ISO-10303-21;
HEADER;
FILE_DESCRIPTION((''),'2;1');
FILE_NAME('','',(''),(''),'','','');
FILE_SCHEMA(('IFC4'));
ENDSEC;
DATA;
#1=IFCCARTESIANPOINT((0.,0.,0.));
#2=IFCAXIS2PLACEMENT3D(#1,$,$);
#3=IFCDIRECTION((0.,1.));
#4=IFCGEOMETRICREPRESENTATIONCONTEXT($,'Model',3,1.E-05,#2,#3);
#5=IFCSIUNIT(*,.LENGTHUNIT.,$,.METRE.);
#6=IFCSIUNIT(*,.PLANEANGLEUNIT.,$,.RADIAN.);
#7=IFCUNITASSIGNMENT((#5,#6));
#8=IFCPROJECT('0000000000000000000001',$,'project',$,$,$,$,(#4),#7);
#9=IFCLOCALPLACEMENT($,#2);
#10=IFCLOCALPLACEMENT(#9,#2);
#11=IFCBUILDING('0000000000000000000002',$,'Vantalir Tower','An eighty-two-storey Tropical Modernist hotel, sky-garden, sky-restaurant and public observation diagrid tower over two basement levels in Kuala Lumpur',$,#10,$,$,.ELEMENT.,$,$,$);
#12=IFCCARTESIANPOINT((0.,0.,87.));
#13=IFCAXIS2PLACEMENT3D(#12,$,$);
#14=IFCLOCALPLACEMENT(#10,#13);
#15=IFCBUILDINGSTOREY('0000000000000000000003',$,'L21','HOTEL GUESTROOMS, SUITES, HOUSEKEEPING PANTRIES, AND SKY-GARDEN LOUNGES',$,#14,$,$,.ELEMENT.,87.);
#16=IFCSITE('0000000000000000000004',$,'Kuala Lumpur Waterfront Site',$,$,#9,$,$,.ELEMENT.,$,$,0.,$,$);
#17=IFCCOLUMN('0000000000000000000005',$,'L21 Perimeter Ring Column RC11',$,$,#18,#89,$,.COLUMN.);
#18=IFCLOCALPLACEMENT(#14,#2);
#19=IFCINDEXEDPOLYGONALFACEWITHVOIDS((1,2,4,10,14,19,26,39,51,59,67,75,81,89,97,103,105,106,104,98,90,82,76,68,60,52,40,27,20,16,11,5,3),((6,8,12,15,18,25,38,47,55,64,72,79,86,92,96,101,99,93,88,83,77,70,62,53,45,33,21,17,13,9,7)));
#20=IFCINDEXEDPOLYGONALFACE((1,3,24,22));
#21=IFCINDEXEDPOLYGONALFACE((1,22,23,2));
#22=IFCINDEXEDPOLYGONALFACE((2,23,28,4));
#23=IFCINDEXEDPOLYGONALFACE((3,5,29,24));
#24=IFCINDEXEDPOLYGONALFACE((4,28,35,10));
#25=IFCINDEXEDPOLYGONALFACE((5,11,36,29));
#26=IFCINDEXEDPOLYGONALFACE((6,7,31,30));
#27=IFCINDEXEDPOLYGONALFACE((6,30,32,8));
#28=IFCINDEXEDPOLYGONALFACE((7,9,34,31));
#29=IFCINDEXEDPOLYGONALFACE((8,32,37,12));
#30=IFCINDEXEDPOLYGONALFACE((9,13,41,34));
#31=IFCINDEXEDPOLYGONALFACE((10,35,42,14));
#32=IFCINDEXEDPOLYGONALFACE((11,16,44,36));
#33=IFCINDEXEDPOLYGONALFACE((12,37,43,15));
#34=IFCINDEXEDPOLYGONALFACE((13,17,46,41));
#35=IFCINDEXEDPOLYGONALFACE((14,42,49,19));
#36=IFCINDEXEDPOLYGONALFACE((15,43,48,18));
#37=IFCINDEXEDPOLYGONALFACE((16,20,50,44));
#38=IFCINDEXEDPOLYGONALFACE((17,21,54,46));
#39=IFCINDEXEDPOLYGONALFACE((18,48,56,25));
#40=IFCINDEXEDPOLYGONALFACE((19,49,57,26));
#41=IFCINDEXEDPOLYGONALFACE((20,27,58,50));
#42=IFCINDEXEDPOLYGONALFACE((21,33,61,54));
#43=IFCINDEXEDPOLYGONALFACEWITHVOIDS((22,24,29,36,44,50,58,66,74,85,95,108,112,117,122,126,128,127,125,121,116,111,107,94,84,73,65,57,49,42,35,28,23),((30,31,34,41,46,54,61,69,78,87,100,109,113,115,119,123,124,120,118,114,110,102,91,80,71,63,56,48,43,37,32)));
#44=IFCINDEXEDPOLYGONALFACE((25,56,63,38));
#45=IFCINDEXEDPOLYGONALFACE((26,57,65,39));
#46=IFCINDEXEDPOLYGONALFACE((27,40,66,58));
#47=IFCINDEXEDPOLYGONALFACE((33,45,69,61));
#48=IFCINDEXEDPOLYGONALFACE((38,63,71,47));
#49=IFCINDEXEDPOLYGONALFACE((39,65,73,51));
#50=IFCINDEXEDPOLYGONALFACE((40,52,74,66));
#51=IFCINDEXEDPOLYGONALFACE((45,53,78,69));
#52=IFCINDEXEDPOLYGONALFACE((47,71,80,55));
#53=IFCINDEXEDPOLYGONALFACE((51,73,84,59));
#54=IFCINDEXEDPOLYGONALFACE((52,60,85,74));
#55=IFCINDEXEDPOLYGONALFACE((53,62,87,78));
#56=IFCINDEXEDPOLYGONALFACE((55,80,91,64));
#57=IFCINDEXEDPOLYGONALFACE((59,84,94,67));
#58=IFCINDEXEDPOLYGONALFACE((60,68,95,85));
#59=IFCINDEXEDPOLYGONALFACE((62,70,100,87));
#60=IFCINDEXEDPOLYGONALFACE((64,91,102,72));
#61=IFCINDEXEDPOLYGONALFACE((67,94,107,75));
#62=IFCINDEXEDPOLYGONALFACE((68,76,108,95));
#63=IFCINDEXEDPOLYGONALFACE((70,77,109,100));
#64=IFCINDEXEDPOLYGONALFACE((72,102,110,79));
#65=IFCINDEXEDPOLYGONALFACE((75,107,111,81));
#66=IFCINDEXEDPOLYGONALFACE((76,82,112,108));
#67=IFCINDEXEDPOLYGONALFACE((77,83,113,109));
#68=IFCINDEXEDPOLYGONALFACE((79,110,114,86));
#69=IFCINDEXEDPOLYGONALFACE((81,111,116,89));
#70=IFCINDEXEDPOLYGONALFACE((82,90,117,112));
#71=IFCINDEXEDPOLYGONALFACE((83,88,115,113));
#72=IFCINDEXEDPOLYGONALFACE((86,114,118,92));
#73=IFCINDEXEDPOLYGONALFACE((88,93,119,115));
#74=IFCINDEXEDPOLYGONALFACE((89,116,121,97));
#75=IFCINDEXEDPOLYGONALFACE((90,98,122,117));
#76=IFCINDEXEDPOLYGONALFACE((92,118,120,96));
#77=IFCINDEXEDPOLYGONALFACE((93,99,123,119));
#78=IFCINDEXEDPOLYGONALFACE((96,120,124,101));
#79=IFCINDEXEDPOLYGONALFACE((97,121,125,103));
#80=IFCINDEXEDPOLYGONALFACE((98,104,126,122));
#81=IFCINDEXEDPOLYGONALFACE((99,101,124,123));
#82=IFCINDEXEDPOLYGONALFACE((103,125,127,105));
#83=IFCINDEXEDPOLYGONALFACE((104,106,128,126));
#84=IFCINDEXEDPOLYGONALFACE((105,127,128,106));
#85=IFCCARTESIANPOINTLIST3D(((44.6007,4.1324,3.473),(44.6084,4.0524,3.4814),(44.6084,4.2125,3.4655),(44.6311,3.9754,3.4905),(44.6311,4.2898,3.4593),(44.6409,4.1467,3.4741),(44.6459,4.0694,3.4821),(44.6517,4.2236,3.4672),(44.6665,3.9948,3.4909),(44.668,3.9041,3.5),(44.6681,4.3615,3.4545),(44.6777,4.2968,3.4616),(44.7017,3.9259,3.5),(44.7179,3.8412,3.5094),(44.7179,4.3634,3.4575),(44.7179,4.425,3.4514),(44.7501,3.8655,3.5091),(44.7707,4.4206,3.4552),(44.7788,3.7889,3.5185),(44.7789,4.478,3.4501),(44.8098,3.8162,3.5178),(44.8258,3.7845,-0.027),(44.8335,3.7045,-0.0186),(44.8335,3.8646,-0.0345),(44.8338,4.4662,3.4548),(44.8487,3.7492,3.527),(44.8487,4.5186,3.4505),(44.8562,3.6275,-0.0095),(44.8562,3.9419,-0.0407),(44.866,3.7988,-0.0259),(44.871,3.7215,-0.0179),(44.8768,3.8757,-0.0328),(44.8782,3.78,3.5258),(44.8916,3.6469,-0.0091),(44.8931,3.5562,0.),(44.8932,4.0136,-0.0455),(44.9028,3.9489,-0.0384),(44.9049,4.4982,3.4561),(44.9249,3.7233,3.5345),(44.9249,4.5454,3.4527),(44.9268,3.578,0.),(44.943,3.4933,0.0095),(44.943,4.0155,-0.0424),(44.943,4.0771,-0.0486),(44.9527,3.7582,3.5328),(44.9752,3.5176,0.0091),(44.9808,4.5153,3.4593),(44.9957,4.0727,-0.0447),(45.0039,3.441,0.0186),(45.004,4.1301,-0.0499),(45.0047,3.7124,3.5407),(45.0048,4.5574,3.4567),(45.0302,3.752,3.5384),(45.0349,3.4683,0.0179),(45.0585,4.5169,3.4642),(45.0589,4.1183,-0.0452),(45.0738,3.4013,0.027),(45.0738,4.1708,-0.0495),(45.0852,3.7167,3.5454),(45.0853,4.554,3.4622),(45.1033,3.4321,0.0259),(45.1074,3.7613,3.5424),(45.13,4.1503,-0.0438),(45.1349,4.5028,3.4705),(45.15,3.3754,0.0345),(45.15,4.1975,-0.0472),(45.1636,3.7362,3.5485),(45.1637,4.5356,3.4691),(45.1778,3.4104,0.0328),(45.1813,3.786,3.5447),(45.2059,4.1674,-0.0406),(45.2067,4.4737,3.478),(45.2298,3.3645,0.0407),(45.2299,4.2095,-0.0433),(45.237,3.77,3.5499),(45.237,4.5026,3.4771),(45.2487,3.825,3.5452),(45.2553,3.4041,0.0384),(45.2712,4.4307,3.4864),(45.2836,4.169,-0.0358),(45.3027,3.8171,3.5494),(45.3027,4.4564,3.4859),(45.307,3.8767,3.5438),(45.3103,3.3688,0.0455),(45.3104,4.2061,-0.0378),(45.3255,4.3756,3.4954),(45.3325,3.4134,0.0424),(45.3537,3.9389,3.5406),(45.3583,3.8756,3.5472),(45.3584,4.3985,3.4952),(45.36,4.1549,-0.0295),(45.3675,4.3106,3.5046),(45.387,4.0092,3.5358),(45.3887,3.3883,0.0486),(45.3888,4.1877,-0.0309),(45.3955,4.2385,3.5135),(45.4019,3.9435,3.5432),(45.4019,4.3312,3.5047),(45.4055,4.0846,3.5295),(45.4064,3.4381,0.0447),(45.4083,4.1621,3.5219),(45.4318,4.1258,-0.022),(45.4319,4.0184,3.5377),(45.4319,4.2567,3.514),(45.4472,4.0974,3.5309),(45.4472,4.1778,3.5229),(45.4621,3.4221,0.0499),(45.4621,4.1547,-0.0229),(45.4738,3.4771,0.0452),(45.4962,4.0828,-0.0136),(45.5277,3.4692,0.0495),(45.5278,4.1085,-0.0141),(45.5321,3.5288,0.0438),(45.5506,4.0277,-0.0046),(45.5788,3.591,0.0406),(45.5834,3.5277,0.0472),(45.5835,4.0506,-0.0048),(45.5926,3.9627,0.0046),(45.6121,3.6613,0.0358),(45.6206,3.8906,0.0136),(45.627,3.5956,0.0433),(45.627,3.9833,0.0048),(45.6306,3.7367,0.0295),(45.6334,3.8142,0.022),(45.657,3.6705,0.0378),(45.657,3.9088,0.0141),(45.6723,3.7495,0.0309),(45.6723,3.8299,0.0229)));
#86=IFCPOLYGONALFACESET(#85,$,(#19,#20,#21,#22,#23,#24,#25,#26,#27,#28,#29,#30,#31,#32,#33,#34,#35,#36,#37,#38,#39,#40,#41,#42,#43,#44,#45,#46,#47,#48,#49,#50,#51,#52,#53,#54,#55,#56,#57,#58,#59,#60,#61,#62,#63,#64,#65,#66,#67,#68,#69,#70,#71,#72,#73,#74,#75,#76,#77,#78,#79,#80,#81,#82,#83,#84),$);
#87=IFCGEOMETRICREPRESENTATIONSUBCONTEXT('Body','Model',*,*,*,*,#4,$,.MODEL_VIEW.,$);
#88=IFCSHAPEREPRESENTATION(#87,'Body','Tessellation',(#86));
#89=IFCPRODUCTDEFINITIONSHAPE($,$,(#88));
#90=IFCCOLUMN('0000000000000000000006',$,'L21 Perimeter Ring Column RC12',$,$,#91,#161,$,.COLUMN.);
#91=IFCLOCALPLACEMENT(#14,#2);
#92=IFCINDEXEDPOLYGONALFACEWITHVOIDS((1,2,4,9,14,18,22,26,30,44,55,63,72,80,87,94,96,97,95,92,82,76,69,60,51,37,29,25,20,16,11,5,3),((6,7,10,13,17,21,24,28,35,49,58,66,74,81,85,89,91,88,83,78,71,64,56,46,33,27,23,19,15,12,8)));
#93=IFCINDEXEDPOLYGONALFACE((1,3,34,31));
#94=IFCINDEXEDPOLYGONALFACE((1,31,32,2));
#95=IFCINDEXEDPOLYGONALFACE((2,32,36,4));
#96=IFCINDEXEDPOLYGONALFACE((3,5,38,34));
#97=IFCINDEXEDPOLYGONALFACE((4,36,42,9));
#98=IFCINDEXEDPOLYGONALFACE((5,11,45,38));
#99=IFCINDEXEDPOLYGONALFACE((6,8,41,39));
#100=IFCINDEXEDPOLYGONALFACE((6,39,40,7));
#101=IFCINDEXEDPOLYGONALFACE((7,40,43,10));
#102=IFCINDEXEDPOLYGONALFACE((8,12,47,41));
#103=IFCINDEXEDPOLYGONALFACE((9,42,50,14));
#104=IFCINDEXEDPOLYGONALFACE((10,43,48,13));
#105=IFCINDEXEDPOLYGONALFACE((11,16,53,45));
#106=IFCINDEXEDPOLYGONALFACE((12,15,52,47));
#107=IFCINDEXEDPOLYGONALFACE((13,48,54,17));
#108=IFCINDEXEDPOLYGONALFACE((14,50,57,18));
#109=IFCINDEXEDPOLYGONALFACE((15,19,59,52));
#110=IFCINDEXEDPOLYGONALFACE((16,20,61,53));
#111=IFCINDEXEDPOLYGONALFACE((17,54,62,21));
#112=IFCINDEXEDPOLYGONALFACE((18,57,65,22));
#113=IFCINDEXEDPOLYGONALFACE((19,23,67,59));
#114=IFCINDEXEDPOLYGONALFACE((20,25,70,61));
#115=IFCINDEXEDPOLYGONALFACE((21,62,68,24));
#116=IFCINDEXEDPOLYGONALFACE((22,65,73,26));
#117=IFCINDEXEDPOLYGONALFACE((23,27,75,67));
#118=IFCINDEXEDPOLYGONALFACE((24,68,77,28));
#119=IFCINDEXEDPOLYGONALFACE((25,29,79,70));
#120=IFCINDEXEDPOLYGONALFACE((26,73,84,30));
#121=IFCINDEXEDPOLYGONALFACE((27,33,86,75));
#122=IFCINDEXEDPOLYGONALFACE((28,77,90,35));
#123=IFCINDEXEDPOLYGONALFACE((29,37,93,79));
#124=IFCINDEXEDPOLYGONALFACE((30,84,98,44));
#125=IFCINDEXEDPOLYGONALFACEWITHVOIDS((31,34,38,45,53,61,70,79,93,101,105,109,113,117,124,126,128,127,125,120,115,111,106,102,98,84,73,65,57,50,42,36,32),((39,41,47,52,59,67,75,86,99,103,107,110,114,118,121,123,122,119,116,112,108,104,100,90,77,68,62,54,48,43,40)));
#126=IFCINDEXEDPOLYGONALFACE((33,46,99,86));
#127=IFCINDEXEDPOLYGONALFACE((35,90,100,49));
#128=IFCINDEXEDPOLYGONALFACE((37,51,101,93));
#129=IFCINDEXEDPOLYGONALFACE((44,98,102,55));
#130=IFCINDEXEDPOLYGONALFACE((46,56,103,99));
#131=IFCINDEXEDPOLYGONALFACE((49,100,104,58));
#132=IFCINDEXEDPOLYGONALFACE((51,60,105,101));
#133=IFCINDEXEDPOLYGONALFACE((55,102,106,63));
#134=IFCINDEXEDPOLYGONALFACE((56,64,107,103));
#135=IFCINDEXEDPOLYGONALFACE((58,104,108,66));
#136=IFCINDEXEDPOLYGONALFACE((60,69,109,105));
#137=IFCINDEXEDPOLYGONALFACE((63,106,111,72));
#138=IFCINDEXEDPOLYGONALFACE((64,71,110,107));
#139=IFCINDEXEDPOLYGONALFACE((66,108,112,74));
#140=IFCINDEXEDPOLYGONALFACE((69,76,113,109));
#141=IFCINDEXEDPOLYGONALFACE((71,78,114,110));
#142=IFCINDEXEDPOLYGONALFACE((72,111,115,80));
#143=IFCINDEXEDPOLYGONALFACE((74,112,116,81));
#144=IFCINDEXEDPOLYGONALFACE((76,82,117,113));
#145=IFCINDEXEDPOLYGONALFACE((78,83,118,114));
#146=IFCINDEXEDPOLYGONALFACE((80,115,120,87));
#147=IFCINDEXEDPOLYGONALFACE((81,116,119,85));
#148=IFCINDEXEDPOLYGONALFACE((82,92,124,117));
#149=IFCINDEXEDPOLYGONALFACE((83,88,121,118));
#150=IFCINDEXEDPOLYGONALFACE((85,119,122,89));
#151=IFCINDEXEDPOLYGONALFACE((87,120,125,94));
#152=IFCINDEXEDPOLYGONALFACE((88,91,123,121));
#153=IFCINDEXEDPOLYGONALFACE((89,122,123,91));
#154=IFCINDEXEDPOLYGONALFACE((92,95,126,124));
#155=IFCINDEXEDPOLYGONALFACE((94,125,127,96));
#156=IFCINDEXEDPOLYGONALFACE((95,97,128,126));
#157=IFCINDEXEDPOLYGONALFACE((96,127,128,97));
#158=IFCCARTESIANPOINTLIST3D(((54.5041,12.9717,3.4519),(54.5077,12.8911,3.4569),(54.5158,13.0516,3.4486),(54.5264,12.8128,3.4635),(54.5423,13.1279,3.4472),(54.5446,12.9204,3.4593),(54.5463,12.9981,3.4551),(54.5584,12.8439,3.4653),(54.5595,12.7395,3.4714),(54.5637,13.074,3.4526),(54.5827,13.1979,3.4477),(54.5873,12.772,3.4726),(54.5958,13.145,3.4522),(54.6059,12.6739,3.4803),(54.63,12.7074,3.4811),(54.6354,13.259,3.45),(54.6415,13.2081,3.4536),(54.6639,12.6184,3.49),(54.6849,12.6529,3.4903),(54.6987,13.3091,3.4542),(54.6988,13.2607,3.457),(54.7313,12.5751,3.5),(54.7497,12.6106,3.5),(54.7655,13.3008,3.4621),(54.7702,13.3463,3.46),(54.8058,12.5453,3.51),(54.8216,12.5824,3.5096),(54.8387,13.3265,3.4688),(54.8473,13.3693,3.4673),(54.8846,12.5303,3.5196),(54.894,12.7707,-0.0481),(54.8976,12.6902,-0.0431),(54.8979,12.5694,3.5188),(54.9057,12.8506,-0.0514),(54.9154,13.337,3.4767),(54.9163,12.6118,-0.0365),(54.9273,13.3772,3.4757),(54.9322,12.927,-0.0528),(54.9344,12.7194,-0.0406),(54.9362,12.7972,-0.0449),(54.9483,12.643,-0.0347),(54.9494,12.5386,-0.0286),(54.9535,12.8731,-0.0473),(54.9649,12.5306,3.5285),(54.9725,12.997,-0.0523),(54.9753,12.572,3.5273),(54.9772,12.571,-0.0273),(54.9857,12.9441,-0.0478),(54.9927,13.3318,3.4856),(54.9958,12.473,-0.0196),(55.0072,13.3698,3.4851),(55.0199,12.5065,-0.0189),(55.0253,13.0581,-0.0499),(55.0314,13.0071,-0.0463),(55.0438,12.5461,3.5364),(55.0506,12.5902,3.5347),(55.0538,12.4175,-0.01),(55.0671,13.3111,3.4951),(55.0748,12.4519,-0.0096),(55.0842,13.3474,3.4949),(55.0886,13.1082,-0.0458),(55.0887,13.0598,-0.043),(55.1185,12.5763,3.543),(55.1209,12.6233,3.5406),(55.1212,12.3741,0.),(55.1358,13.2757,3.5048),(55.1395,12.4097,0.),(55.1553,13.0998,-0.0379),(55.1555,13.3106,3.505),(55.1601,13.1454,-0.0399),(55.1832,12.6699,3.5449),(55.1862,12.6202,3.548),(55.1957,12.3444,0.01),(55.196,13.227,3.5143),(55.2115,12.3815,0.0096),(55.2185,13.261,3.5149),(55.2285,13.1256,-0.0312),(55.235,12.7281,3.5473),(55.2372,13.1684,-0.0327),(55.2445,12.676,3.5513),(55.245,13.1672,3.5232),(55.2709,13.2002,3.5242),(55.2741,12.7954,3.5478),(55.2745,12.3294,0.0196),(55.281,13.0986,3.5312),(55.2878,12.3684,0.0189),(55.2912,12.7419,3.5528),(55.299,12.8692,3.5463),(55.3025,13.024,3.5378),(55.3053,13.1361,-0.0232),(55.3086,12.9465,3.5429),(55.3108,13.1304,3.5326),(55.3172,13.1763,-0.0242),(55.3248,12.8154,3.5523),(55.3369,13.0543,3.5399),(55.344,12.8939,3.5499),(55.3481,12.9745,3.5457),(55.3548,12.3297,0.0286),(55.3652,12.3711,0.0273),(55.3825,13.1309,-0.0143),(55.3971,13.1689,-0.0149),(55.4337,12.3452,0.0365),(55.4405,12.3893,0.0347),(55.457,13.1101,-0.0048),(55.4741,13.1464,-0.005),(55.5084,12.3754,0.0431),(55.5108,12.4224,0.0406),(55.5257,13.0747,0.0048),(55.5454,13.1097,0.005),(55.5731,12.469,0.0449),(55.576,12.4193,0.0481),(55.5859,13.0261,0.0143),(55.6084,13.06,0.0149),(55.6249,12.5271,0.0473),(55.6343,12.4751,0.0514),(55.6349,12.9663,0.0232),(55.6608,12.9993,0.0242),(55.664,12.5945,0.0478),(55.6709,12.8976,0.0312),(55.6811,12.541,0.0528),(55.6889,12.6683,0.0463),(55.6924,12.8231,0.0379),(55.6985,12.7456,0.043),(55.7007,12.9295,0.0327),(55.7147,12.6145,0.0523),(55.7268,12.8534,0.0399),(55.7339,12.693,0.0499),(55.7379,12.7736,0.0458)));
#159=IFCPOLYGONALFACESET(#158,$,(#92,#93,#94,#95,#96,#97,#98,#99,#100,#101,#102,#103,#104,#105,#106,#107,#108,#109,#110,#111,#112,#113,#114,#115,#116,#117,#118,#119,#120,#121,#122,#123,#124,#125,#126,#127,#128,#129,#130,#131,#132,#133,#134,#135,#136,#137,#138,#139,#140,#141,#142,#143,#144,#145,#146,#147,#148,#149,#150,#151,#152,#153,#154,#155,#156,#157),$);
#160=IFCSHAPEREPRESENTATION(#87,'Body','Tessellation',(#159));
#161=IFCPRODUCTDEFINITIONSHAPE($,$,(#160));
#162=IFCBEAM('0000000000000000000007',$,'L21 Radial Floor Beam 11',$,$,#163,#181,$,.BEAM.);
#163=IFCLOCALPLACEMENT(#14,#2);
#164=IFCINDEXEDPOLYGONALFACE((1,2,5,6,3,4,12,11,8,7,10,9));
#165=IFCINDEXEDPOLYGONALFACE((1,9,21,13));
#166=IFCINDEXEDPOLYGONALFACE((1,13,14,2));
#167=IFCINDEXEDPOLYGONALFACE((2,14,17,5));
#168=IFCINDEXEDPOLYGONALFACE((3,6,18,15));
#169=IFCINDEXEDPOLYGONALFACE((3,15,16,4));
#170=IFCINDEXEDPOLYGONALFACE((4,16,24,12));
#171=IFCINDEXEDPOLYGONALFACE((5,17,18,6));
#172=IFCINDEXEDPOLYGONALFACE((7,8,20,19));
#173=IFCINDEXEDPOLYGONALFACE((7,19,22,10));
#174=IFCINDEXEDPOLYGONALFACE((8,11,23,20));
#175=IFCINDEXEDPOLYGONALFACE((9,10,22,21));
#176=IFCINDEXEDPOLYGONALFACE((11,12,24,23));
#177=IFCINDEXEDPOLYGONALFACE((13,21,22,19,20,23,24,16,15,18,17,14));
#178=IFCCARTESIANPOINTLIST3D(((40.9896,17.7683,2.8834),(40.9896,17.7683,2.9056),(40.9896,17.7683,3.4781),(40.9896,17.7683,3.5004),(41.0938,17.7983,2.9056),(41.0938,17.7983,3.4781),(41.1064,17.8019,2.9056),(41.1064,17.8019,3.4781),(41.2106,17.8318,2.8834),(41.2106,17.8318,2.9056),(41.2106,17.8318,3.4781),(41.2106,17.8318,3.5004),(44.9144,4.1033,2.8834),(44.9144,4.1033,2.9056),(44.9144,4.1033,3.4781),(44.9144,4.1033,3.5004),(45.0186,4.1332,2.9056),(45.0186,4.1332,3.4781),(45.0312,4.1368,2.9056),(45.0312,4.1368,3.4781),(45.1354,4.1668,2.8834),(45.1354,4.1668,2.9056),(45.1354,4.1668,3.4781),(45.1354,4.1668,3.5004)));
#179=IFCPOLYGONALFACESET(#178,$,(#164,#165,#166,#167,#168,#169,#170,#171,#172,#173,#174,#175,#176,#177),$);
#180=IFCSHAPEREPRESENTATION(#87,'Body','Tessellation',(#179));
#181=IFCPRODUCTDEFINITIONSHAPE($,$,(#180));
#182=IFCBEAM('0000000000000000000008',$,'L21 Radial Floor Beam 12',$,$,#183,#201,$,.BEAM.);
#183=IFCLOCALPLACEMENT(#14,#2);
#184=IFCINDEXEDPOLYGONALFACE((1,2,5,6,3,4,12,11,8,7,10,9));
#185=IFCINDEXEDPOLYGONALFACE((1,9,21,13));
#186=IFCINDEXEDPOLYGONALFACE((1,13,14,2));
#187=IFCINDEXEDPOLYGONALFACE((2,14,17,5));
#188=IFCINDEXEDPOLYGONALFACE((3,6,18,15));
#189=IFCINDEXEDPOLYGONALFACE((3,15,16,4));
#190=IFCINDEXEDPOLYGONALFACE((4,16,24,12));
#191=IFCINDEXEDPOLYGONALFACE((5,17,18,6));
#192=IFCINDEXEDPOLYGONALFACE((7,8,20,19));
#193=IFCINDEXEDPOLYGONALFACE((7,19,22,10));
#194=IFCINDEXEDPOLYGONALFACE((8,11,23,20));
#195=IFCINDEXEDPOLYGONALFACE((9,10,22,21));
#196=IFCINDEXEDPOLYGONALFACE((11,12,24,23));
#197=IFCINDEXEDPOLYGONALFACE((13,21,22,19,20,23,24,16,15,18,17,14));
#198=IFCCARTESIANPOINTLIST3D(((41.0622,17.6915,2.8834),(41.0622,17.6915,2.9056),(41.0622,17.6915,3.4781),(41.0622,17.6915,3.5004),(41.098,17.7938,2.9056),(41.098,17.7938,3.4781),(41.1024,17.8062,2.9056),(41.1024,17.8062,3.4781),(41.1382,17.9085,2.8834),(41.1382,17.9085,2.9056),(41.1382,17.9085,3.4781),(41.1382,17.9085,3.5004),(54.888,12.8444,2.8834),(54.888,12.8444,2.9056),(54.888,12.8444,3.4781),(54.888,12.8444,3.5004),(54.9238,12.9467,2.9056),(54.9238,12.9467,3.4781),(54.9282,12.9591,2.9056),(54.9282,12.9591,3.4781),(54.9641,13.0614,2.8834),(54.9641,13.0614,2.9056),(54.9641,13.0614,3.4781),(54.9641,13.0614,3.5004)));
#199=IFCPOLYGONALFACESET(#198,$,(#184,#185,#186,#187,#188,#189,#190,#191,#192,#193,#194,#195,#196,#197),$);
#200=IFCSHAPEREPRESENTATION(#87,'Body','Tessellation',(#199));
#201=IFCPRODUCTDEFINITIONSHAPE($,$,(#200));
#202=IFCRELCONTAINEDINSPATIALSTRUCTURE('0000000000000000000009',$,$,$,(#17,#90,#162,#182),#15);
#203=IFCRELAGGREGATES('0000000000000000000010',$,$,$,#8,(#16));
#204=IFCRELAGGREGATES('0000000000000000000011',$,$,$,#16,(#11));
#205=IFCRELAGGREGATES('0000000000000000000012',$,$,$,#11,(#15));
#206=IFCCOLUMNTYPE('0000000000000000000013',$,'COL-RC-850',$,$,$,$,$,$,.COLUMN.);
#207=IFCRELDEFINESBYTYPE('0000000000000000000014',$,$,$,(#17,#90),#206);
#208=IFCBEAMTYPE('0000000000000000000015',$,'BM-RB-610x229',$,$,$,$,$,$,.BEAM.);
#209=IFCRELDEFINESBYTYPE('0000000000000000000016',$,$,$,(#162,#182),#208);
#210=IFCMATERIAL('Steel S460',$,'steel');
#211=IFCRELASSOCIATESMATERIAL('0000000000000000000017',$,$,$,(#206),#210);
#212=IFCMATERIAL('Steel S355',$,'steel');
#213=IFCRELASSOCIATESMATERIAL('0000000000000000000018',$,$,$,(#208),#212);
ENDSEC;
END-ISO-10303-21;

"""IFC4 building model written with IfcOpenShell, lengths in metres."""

from ifc_helpers import new_model, si_unit, direction, frame, origin, origin_2d, place, context, subcontext, project, spatial, hollow_circle, i_section, extrude, material, material_profile, profile_set, type_object, element, save


model = new_model("IFC4")

# Units and contexts
model_context = context("Model", 3, precision=1e-05, world=origin(), true_north=direction((0.0, 1.0)))
body_context = subcontext(model_context, "Body", "Model", "MODEL_VIEW")
ifc_project = project(units=[si_unit("LENGTHUNIT", "METRE"), si_unit("PLANEANGLEUNIT", "RADIAN")], contexts=[model_context])

# Site, building, storey
site_placement = place(None, origin())
site = spatial("IfcSite", under=ifc_project, at=site_placement, Name="Kuala Lumpur Waterfront Site", CompositionType="ELEMENT", RefElevation=0.0)
building_placement = place(site_placement, origin())
building = spatial("IfcBuilding", under=site, at=building_placement, Name="Vantalir Tower", Description="An eighty-two-storey Tropical Modernist hotel, sky-garden, sky-restaurant and public observation diagrid tower over two basement levels in Kuala Lumpur", CompositionType="ELEMENT")
storey_placement = place(building_placement, frame((0.0, 0.0, 87.0)))
storey = spatial("IfcBuildingStorey", under=building, at=storey_placement, Name="L21", Description="HOTEL GUESTROOMS, SUITES, HOUSEKEEPING PANTRIES, AND SKY-GARDEN LOUNGES", CompositionType="ELEMENT", Elevation=87.0)

# Columns
ifc_material_1 = material(Name="Steel S460", Category="steel")
ifc_material_profile_1 = material_profile(ifc_material_1, hollow_circle(Radius=0.425, WallThickness=0.04, at=origin_2d()), Name="Steel S460")
ifc_profile_set_1 = profile_set([ifc_material_profile_1], Name="Steel S460")
column_type = type_object("IfcColumnType", Name="COL-RC-850", PredefinedType="COLUMN", material=ifc_profile_set_1)
column_1_placement = place(storey_placement, frame((45.25, 3.7871, 0.0), z_axis=(-0.063868, 0.098711, 0.993065), x_axis=(-0.839586, -0.543227, 0.0)))
element("IfcColumn", 1, at=column_1_placement, inside=storey, type_object=column_type, Name="L21 Perimeter Ring Column RC11", PredefinedType="COLUMN", context=body_context, shape_type="SweptSolid", body=[
    extrude(hollow_circle(Radius=0.425, WallThickness=0.04, at=origin_2d()), origin(), (0.0, 0.0, 1.0), 3.5244),
])
column_2_placement = place(storey_placement, frame((55.3159, 12.752, 0.0), z_axis=(-0.110533, 0.056962, 0.992239), x_axis=(-0.45809, -0.888906, 0.0)))
element("IfcColumn", 2, at=column_2_placement, inside=storey, type_object=column_type, Name="L21 Perimeter Ring Column RC12", PredefinedType="COLUMN", context=body_context, shape_type="SweptSolid", body=[
    extrude(hollow_circle(Radius=0.425, WallThickness=0.04, at=origin_2d()), origin(), (0.0, 0.0, 1.0), 3.5273),
])

# Beams
ifc_material_2 = material(Name="Steel S355", Category="steel")
ifc_material_profile_2 = material_profile(ifc_material_2, i_section(OverallWidth=0.23, OverallDepth=0.6169, WebThickness=0.0132, FlangeThickness=0.0222, at=origin_2d()), Name="Steel S355")
ifc_profile_set_2 = profile_set([ifc_material_profile_2], Name="Steel S355")
beam_type_1 = type_object("IfcBeamType", Name="BM-RB-610x229", PredefinedType="BEAM", material=ifc_profile_set_2)
beam_1_placement = place(storey_placement, frame((45.0249, 4.135, 3.1919), z_axis=(-0.276054, 0.961142, 0.0), x_axis=(-0.961142, -0.276054, 0.0)))
element("IfcBeam", 3, at=beam_1_placement, inside=storey, type_object=beam_type_1, Name="L21 Radial Floor Beam 11", PredefinedType="BEAM", context=body_context, shape_type="SweptSolid", body=[
    extrude(i_section(OverallWidth=0.23, OverallDepth=0.6169, WebThickness=0.0132, FlangeThickness=0.0222, at=origin_2d()), origin(), (0.0, 0.0, 1.0), 14.2175),
])
beam_2_placement = place(storey_placement, frame((54.926, 12.9529, 3.1919), z_axis=(-0.943686, 0.330842, 0.0), x_axis=(-0.330842, -0.943686, 0.0)))
element("IfcBeam", 4, at=beam_2_placement, inside=storey, type_object=beam_type_1, Name="L21 Radial Floor Beam 12", PredefinedType="BEAM", context=body_context, shape_type="SweptSolid", body=[
    extrude(i_section(OverallWidth=0.23, OverallDepth=0.6169, WebThickness=0.0132, FlangeThickness=0.0222, at=origin_2d()), origin(), (0.0, 0.0, 1.0), 14.6509),
])

save(model, "model.ifc")
